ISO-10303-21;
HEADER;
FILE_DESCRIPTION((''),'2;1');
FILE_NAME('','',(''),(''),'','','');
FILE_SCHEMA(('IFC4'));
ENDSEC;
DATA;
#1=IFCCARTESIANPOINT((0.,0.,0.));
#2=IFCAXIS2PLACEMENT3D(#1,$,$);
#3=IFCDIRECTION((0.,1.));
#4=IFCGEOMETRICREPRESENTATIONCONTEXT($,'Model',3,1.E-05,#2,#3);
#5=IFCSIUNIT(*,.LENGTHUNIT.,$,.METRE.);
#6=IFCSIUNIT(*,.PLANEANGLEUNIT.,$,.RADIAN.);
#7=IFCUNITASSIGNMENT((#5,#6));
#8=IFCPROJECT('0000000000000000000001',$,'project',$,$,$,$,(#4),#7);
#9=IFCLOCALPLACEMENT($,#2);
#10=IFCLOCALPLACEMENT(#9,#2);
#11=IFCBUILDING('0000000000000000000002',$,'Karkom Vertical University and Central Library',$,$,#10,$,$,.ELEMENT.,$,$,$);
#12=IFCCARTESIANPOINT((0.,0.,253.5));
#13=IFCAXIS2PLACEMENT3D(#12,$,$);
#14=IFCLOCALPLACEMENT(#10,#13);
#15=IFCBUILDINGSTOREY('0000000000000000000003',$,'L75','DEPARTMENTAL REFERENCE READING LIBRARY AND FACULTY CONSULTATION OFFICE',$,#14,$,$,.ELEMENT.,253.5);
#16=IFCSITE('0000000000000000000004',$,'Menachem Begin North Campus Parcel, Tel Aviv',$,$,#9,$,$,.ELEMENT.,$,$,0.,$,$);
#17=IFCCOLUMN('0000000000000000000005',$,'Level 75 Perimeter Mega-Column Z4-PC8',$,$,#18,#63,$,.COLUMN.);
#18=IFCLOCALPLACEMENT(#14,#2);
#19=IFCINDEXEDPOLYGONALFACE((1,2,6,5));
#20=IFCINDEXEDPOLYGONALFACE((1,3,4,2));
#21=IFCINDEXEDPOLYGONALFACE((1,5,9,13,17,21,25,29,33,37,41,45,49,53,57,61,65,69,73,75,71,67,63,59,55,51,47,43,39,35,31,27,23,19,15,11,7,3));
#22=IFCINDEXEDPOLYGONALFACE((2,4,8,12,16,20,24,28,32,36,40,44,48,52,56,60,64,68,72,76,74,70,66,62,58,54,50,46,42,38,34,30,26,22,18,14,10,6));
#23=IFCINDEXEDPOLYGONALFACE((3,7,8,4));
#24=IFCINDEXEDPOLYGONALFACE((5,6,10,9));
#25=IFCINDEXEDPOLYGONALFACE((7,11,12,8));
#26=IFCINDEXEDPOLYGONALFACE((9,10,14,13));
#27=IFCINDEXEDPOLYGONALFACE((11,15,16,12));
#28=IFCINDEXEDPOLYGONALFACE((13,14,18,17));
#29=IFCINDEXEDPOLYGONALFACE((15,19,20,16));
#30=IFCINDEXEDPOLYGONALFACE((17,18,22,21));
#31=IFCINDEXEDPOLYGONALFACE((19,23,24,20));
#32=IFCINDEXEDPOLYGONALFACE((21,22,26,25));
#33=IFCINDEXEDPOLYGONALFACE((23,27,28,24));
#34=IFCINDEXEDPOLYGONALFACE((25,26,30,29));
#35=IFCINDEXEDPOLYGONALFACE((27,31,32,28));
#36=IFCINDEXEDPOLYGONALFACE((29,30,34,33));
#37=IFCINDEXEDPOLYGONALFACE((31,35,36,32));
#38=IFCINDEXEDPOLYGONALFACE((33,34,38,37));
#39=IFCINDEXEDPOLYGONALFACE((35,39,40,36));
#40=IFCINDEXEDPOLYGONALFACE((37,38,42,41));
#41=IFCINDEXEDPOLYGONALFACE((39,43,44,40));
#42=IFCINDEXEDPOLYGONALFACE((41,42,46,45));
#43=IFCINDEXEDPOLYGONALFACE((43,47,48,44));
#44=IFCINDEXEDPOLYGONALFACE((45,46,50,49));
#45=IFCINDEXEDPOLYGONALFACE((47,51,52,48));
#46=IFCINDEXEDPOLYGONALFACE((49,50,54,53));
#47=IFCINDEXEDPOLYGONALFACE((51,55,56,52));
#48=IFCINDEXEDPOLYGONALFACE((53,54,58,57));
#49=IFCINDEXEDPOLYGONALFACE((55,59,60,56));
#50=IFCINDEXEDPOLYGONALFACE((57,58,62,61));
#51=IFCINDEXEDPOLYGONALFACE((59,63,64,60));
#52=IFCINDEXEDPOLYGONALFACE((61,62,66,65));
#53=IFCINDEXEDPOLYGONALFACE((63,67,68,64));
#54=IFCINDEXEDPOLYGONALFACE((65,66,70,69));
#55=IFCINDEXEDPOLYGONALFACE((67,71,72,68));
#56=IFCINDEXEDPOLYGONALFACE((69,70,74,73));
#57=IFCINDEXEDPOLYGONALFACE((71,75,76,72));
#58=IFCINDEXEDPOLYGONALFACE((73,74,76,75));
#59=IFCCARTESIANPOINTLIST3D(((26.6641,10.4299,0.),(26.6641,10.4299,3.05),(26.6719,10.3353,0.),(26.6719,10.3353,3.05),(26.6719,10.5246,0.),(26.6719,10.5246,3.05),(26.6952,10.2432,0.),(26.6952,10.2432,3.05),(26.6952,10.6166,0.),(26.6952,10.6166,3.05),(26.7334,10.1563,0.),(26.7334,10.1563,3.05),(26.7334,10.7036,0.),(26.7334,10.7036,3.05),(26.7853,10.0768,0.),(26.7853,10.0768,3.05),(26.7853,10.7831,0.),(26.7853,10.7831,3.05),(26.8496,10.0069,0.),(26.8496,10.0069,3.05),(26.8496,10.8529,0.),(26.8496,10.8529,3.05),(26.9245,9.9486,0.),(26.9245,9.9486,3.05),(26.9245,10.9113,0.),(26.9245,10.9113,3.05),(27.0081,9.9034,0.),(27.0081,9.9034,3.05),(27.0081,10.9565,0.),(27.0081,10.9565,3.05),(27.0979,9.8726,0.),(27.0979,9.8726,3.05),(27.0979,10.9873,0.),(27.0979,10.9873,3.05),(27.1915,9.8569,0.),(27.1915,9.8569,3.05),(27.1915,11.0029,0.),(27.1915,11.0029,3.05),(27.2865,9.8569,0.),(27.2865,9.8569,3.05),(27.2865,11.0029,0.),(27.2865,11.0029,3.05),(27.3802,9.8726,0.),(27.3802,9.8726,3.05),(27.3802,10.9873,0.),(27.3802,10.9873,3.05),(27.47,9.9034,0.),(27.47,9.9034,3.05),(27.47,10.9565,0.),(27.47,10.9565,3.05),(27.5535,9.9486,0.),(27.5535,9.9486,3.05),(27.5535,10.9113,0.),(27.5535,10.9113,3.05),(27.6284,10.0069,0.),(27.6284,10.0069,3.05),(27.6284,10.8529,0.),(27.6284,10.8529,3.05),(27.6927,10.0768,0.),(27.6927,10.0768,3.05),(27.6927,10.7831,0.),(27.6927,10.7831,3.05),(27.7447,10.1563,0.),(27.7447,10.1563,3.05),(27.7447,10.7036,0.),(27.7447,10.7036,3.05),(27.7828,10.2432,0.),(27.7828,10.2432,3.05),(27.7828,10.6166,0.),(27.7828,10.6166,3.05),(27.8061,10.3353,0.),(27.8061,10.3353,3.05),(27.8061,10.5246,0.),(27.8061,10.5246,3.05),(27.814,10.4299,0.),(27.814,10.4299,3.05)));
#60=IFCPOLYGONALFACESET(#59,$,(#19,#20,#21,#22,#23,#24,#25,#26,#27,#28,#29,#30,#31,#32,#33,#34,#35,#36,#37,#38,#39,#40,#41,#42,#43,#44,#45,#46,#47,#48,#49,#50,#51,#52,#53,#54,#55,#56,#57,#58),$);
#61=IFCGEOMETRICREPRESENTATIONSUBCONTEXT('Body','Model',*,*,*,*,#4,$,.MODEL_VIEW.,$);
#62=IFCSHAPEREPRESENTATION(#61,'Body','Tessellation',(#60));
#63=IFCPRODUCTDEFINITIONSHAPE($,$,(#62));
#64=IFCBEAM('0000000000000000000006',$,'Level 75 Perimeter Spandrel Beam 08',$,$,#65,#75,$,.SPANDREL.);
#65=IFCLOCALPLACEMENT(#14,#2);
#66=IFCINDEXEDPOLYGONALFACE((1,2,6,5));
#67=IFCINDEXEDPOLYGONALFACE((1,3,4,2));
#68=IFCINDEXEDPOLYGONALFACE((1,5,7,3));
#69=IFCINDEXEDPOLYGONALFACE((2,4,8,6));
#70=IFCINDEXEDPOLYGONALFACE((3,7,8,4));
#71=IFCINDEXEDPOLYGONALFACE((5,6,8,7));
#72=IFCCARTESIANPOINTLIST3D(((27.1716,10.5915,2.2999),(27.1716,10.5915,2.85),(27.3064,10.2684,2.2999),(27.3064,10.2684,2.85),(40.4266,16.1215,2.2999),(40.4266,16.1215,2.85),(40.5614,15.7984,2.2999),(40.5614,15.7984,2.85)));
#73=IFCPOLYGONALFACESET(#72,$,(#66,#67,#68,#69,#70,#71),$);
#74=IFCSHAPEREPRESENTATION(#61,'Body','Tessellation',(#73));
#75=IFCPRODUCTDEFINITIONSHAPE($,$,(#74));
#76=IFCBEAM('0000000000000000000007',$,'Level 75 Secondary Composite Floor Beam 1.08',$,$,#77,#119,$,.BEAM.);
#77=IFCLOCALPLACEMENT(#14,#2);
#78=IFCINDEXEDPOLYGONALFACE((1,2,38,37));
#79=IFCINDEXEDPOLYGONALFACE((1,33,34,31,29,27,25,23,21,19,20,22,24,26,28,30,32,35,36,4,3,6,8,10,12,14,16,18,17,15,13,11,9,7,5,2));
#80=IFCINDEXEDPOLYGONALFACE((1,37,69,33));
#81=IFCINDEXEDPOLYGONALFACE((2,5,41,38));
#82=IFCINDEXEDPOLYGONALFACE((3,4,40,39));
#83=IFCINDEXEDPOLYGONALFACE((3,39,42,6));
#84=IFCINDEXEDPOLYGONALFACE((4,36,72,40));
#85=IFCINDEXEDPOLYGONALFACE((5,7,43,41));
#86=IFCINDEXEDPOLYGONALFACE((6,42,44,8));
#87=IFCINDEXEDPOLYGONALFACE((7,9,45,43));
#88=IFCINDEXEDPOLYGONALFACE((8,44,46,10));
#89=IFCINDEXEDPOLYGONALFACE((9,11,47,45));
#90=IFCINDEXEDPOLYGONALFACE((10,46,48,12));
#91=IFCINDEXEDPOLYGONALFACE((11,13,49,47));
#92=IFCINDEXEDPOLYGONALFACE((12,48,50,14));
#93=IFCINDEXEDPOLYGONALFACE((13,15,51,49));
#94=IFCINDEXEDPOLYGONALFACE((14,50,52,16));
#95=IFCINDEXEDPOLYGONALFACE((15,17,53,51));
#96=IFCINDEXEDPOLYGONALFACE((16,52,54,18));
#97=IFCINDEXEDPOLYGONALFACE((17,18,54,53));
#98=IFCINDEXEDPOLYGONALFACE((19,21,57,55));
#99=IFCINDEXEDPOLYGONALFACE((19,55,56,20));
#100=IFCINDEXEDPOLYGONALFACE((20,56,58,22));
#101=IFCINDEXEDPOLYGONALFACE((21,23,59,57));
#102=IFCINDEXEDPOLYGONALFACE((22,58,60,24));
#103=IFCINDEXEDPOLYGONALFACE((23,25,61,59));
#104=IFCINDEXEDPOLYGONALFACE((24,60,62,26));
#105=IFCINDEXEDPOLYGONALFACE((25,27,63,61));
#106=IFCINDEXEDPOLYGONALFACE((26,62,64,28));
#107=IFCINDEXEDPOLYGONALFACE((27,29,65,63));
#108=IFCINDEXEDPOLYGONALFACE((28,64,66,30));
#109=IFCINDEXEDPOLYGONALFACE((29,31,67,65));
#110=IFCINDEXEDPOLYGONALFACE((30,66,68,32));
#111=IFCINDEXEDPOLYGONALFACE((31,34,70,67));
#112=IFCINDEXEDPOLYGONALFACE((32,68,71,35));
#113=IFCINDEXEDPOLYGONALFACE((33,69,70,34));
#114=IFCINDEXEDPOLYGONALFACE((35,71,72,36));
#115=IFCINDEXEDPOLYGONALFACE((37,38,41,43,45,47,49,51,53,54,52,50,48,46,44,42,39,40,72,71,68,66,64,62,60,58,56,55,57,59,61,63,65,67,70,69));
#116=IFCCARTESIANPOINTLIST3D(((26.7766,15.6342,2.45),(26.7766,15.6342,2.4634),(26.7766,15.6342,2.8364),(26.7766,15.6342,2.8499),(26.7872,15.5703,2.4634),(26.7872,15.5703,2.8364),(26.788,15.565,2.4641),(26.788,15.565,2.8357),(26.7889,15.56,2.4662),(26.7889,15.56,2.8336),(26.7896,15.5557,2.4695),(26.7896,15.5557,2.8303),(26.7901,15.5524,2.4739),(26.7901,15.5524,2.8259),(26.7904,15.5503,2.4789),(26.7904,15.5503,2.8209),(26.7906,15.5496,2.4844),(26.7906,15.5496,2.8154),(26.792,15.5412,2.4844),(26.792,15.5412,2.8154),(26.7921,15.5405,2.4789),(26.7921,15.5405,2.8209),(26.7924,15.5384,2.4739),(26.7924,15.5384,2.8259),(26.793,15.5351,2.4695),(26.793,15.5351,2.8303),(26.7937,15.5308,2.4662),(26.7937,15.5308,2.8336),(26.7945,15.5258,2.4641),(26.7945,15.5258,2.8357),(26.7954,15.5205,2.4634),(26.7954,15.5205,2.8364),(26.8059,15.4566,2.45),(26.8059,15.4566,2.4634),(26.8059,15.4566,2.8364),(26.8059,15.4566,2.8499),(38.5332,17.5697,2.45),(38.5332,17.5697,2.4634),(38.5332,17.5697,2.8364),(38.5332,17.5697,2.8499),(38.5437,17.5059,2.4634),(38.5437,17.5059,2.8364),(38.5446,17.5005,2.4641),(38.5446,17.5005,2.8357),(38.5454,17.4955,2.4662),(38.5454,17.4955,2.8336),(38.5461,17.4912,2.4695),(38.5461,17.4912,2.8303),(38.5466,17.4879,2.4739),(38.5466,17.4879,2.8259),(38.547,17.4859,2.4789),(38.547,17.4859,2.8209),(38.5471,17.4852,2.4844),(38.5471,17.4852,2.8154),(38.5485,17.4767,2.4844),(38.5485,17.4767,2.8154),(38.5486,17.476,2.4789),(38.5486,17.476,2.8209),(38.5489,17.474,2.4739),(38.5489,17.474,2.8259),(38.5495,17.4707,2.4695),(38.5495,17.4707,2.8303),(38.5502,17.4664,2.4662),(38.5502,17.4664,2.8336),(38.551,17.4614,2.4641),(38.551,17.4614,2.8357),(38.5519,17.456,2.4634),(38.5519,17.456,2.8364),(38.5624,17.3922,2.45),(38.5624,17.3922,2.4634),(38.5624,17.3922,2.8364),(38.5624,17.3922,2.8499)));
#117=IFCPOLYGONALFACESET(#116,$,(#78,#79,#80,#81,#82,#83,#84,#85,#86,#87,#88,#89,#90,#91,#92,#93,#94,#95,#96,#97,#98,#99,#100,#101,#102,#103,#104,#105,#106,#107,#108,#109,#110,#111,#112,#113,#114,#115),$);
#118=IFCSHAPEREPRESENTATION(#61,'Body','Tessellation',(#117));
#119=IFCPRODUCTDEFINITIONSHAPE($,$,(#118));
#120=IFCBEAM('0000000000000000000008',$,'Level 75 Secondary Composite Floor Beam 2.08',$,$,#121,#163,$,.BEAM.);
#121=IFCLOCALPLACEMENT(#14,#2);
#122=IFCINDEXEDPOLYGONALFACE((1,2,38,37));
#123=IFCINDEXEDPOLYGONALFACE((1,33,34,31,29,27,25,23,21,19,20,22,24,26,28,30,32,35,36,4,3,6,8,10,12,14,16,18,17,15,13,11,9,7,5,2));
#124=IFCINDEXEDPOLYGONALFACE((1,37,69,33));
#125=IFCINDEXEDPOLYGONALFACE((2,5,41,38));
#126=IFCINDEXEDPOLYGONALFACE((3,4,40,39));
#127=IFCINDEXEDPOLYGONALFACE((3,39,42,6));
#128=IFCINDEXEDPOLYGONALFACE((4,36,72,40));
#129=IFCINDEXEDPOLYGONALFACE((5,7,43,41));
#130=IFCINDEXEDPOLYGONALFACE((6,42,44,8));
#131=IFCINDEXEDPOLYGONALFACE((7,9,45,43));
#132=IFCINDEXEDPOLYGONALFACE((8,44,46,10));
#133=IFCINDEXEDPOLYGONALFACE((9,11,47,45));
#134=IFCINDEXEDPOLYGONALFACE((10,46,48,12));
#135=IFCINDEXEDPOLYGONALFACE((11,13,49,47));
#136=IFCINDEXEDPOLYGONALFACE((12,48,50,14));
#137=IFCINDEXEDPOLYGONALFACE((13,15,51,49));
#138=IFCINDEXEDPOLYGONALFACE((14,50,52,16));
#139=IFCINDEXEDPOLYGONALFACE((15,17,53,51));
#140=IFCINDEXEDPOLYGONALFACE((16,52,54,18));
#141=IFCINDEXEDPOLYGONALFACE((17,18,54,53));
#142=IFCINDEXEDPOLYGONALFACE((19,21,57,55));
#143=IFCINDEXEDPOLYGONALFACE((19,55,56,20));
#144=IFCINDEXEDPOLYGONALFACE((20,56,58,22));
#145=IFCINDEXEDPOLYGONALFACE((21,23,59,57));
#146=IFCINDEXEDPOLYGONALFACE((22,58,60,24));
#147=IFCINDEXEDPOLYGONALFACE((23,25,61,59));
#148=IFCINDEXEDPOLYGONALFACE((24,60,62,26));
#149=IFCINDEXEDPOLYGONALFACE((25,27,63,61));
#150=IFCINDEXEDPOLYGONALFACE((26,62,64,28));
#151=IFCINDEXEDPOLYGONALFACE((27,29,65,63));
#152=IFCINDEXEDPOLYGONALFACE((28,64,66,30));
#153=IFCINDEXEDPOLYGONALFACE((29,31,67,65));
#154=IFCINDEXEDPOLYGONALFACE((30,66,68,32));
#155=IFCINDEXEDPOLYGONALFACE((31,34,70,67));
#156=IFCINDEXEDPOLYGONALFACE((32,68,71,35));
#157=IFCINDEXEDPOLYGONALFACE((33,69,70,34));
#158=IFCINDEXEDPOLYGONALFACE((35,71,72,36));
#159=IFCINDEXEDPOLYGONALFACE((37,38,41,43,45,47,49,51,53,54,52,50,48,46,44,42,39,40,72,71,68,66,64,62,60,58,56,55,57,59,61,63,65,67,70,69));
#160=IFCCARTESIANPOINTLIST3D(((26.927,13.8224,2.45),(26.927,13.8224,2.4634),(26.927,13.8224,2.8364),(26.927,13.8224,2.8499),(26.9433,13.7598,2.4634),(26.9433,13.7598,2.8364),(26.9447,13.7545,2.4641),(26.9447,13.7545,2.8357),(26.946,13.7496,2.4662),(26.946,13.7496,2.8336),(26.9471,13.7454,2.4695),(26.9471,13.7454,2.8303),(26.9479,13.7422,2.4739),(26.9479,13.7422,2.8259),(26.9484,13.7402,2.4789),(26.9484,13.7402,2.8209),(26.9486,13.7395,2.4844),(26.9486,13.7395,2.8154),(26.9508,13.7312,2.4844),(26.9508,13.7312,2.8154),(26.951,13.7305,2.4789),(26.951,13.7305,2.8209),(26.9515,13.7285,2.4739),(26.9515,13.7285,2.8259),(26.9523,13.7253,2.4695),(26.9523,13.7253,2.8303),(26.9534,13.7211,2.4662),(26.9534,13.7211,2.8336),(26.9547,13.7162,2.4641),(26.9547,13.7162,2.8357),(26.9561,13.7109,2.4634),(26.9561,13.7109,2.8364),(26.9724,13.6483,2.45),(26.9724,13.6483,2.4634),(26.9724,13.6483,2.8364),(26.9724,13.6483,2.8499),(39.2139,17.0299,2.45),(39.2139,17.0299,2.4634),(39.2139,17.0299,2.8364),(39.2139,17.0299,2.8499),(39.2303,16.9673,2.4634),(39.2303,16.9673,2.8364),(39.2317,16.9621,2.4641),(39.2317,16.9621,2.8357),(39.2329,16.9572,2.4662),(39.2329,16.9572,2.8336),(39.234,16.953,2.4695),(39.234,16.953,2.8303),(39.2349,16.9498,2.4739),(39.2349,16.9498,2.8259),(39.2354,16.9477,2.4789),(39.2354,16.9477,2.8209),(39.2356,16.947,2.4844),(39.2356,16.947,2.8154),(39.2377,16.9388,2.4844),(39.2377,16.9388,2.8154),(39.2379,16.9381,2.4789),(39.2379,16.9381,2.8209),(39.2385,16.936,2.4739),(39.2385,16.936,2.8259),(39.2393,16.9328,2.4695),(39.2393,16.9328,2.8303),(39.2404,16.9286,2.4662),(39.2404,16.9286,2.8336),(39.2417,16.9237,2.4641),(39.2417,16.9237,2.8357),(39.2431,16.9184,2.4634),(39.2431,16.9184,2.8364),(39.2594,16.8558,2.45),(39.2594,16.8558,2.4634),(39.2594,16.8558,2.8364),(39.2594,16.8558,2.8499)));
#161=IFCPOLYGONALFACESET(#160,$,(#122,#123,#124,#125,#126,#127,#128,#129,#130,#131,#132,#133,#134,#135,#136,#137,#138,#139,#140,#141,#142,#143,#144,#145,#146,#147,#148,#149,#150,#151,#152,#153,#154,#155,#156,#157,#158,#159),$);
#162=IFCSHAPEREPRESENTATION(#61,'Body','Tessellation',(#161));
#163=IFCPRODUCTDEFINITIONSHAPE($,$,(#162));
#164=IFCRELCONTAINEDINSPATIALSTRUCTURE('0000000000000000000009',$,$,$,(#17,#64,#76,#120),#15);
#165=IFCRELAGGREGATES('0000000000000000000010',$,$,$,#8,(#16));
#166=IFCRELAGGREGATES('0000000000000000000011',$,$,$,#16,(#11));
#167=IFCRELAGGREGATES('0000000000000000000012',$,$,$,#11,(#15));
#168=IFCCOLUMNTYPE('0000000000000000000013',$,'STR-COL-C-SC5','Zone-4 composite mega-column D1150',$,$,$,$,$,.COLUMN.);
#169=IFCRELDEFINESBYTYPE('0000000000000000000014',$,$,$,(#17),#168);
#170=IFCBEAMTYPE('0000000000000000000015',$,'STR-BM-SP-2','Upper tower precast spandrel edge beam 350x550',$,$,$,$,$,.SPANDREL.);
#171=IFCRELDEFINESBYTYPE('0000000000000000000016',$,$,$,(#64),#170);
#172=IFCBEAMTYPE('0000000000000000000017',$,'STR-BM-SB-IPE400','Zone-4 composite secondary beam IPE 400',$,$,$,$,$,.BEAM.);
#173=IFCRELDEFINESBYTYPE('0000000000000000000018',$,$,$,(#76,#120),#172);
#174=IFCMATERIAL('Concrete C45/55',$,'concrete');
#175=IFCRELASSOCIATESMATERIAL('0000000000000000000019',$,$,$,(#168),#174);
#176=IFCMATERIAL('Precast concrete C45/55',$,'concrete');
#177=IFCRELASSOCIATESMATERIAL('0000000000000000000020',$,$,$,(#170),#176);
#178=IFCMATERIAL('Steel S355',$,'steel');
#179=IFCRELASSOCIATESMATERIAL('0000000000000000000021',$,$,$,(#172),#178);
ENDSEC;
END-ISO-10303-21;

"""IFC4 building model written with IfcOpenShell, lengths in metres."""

from ifc_helpers import new_model, si_unit, direction, frame, origin, origin_with_axes, origin_2d, place, context, subcontext, project, spatial, rectangle, circle, i_section, extrude, source, transform, mapped, material, material_profile, profile_set, type_object, element, save


model = new_model("IFC4")

# Units and contexts
model_context = context("Model", 3, precision=1e-05, world=origin(), true_north=direction((0.0, 1.0)))
body_context = subcontext(model_context, "Body", "Model", "MODEL_VIEW")
ifc_project = project(units=[si_unit("LENGTHUNIT", "METRE"), si_unit("PLANEANGLEUNIT", "RADIAN")], contexts=[model_context])

# Site, building, storey
site_placement = place(None, origin())
site = spatial("IfcSite", under=ifc_project, at=site_placement, Name="Menachem Begin North Campus Parcel, Tel Aviv", CompositionType="ELEMENT", RefElevation=0.0)
building_placement = place(site_placement, origin())
building = spatial("IfcBuilding", under=site, at=building_placement, Name="Karkom Vertical University and Central Library", CompositionType="ELEMENT")
storey_placement = place(building_placement, frame((0.0, 0.0, 253.5)))
storey = spatial("IfcBuildingStorey", under=building, at=storey_placement, Name="L75", Description="DEPARTMENTAL REFERENCE READING LIBRARY AND FACULTY CONSULTATION OFFICE", CompositionType="ELEMENT", Elevation=253.5)

# Column
ifc_material_1 = material(Name="Concrete C45/55", Category="concrete")
ifc_material_profile_1 = material_profile(ifc_material_1, circle(Radius=0.575, at=origin_2d()), Name="CFT-D1150")
ifc_profile_set_1 = profile_set([ifc_material_profile_1], Name="Concrete C45/55")
column_type = type_object("IfcColumnType", Name="STR-COL-C-SC5", Description="Zone-4 composite mega-column D1150", PredefinedType="COLUMN", material=ifc_profile_set_1)
shared_shape_1 = source(origin_with_axes(), body_context, "Body", "SweptSolid", [
    extrude(circle(Radius=0.575, at=origin_2d()), origin(), (0.0, 0.0, 1.0), 3.05),
])
column_placement = place(storey_placement, frame((27.239, 10.4299, 0.0), z_axis=(0.0, 0.0, 1.0), x_axis=(1.0, 0.0, 0.0)))
element("IfcColumn", 1, at=column_placement, inside=storey, type_object=column_type, Name="Level 75 Perimeter Mega-Column Z4-PC8", PredefinedType="COLUMN", context=body_context, shape_type="MappedRepresentation", body=[
    mapped(shared_shape_1, transform((0.0, 0.0, 0.0), scale=1.0)),
])

# Beams
ifc_material_2 = material(Name="Precast concrete C45/55", Category="concrete")
ifc_material_profile_2 = material_profile(ifc_material_2, rectangle(XDim=0.3501, YDim=0.55, at=origin_2d()), Name="SPB-350x550")
ifc_profile_set_2 = profile_set([ifc_material_profile_2], Name="Precast concrete C45/55")
beam_type_1 = type_object("IfcBeamType", Name="STR-BM-SP-2", Description="Upper tower precast spandrel edge beam 350x550", PredefinedType="SPANDREL", material=ifc_profile_set_2)
shared_shape_2 = source(origin_with_axes(), body_context, "Body", "SweptSolid", [
    extrude(rectangle(XDim=0.3501, YDim=0.55, at=origin_2d()), origin(), (0.0, 0.0, 1.0), 14.3623),
])
beam_1_placement = place(storey_placement, frame((27.239, 10.4299, 2.575), z_axis=(0.9229, 0.38504, 0.0), x_axis=(-0.38504, 0.9229, 0.0)))
element("IfcBeam", 2, at=beam_1_placement, inside=storey, type_object=beam_type_1, Name="Level 75 Perimeter Spandrel Beam 08", PredefinedType="SPANDREL", context=body_context, shape_type="MappedRepresentation", body=[
    mapped(shared_shape_2, transform((0.0, 0.0, 0.0), scale=1.0)),
])
ifc_material_3 = material(Name="Steel S355", Category="steel")
ifc_material_profile_3 = material_profile(ifc_material_3, i_section(OverallWidth=0.1799, OverallDepth=0.3999, WebThickness=0.0085, FlangeThickness=0.0134, FilletRadius=0.021, at=origin_2d()), Name="IPE 400")
ifc_profile_set_3 = profile_set([ifc_material_profile_3], Name="Steel S355")
beam_type_2 = type_object("IfcBeamType", Name="STR-BM-SB-IPE400", Description="Zone-4 composite secondary beam IPE 400", PredefinedType="BEAM", material=ifc_profile_set_3)
shared_shape_3 = source(origin_with_axes(), body_context, "Body", "SweptSolid", [
    extrude(i_section(OverallWidth=0.1799, OverallDepth=0.3999, WebThickness=0.0085, FlangeThickness=0.0134, FilletRadius=0.021, at=origin_2d()), origin(), (0.0, 0.0, 1.0), 11.9148),
])
beam_2_placement = place(storey_placement, frame((26.7913, 15.5454, 2.6499), z_axis=(0.986717, 0.162448, 0.0), x_axis=(-0.162448, 0.986717, 0.0)))
element("IfcBeam", 3, at=beam_2_placement, inside=storey, type_object=beam_type_2, Name="Level 75 Secondary Composite Floor Beam 1.08", PredefinedType="BEAM", context=body_context, shape_type="MappedRepresentation", body=[
    mapped(shared_shape_3, transform((0.0, 0.0, 0.0), scale=1.0)),
])
shared_shape_4 = source(origin_with_axes(), body_context, "Body", "SweptSolid", [
    extrude(i_section(OverallWidth=0.1799, OverallDepth=0.3999, WebThickness=0.0085, FlangeThickness=0.0134, FilletRadius=0.021, at=origin_2d()), origin(), (0.0, 0.0, 1.0), 12.6987),
])
beam_3_placement = place(storey_placement, frame((26.9497, 13.7354, 2.6499), z_axis=(0.967574, 0.252588, 0.0), x_axis=(-0.252588, 0.967574, 0.0)))
element("IfcBeam", 4, at=beam_3_placement, inside=storey, type_object=beam_type_2, Name="Level 75 Secondary Composite Floor Beam 2.08", PredefinedType="BEAM", context=body_context, shape_type="MappedRepresentation", body=[
    mapped(shared_shape_4, transform((0.0, 0.0, 0.0), scale=1.0)),
])

save(model, "model.ifc")
